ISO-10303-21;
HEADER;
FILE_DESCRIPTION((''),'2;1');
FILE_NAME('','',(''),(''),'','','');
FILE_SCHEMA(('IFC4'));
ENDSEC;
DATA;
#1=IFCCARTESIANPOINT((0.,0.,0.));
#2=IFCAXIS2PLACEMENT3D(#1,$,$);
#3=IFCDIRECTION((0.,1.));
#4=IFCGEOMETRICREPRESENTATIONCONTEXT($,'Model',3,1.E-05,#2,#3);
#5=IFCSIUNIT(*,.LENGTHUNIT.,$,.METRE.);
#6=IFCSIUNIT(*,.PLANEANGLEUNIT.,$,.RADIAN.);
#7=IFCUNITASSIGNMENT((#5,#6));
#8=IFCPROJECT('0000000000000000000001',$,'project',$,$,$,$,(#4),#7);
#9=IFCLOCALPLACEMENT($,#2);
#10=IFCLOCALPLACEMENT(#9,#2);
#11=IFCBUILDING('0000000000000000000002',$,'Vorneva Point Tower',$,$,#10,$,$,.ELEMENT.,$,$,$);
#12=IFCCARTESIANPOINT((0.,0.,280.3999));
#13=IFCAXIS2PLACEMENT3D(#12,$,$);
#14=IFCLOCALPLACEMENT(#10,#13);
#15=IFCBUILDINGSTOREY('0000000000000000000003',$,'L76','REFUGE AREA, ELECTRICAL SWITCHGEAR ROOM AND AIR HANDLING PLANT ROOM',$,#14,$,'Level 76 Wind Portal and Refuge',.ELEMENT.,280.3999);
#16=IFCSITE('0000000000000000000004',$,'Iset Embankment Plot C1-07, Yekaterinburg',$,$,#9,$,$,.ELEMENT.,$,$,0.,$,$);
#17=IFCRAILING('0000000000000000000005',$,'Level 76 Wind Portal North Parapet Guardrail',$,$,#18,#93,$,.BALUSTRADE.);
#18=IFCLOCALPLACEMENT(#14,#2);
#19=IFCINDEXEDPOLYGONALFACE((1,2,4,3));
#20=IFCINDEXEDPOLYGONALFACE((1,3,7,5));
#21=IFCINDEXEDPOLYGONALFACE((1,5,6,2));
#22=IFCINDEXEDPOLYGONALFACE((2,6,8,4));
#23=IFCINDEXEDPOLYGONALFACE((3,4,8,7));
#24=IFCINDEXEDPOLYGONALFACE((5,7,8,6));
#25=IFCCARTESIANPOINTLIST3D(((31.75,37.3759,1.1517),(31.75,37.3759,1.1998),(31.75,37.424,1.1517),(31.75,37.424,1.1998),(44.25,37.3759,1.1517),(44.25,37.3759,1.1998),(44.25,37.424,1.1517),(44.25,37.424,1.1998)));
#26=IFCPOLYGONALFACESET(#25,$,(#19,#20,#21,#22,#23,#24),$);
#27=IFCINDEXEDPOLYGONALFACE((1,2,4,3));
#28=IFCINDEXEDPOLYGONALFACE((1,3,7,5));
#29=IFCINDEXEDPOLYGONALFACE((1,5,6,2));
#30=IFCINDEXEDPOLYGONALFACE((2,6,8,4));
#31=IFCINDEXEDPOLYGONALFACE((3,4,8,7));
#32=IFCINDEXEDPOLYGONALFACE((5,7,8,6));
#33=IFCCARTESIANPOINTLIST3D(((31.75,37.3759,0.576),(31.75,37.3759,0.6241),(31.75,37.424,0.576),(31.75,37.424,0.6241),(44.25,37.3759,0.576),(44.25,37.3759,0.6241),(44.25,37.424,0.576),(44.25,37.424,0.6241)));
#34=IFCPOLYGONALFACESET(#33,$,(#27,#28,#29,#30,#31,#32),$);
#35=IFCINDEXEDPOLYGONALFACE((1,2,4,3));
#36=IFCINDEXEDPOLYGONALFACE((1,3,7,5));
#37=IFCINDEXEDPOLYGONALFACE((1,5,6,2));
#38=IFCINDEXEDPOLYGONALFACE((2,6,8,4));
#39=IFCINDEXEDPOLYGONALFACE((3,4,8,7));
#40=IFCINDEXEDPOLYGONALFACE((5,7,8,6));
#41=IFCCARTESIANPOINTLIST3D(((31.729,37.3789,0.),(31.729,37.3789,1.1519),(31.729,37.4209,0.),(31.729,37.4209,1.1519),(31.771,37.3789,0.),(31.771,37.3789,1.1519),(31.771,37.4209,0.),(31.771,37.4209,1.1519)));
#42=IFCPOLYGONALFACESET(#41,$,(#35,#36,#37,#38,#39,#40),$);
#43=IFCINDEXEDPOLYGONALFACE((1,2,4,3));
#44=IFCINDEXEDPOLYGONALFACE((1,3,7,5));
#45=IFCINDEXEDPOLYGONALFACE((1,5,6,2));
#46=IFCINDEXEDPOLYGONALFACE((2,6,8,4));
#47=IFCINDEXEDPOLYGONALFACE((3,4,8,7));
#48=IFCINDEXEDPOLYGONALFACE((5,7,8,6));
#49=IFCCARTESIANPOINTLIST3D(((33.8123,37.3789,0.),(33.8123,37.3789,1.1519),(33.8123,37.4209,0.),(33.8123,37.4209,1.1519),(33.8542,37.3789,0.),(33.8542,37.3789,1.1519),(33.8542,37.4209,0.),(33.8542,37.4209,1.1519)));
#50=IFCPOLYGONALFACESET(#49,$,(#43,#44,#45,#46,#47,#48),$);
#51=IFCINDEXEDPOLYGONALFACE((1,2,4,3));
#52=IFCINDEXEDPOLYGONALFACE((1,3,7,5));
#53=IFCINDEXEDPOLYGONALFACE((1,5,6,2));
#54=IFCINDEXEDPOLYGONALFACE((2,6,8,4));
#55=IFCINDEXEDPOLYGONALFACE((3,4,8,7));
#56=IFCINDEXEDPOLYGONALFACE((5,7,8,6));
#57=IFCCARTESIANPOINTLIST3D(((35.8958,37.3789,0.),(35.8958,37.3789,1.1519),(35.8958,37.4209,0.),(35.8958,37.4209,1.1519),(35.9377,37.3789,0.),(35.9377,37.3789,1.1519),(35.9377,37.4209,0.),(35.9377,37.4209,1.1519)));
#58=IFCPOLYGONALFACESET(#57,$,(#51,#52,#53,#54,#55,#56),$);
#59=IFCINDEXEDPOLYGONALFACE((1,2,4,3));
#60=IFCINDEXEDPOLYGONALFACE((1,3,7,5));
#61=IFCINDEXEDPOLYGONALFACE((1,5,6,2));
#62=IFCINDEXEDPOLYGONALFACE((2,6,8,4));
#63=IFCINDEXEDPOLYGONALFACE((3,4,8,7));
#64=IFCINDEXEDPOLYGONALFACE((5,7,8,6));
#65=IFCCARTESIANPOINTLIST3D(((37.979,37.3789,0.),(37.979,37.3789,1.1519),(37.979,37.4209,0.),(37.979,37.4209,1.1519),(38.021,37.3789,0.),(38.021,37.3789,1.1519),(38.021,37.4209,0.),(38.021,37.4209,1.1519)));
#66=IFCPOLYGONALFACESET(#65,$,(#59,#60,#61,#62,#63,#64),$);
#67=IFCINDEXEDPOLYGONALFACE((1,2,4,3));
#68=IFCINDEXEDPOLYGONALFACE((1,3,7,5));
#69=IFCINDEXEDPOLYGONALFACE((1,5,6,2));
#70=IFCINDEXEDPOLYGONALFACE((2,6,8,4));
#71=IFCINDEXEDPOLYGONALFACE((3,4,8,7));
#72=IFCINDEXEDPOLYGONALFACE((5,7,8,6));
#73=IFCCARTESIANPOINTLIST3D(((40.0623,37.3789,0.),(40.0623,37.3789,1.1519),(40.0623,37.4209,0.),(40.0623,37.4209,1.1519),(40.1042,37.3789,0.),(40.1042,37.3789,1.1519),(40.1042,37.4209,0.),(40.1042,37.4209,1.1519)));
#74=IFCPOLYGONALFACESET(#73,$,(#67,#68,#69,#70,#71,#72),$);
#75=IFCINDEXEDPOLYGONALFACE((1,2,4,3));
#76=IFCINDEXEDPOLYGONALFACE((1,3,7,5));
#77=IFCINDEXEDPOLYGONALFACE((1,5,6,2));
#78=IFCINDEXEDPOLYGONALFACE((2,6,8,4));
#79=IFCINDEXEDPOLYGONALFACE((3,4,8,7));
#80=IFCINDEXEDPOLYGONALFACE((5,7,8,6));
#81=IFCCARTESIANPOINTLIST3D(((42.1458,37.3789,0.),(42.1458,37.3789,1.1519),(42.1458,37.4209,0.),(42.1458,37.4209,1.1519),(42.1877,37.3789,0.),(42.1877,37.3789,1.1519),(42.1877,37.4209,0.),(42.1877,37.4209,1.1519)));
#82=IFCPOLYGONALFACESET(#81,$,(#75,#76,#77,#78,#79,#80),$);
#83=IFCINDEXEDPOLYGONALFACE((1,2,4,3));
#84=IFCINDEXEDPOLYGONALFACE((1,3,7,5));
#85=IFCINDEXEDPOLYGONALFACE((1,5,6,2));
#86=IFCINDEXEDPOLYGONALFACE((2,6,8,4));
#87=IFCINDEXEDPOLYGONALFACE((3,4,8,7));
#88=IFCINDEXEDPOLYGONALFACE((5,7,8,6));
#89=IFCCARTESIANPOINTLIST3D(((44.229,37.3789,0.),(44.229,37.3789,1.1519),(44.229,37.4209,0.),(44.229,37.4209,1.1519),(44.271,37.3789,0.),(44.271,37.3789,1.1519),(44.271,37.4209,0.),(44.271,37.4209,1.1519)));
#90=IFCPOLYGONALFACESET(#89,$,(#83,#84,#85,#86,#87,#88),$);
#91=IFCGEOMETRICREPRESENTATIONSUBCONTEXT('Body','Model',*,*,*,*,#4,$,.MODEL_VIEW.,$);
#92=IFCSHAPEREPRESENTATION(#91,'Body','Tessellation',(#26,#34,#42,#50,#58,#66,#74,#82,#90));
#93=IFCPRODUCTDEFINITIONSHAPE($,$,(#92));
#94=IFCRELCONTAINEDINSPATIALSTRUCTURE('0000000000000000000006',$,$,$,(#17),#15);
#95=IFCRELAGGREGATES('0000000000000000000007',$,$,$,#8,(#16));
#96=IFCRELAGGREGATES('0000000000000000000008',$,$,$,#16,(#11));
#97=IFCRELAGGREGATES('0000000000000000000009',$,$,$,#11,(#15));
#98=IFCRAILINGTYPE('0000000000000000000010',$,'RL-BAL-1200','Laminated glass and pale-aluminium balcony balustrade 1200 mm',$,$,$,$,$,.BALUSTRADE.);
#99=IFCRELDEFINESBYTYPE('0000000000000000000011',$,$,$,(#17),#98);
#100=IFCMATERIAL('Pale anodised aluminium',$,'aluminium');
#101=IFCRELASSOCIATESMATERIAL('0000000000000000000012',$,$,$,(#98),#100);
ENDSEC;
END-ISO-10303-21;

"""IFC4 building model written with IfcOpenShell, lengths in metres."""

from ifc_helpers import new_model, si_unit, direction, frame, origin, origin_2d, place, context, subcontext, project, spatial, rectangle, extrude, material, type_object, element, save


model = new_model("IFC4")

# Units and contexts
model_context = context("Model", 3, precision=1e-05, world=origin(), true_north=direction((0.0, 1.0)))
body_context = subcontext(model_context, "Body", "Model", "MODEL_VIEW")
ifc_project = project(units=[si_unit("LENGTHUNIT", "METRE"), si_unit("PLANEANGLEUNIT", "RADIAN")], contexts=[model_context])

# Site, building, storey
site_placement = place(None, origin())
site = spatial("IfcSite", under=ifc_project, at=site_placement, Name="Iset Embankment Plot C1-07, Yekaterinburg", CompositionType="ELEMENT", RefElevation=0.0)
building_placement = place(site_placement, origin())
building = spatial("IfcBuilding", under=site, at=building_placement, Name="Vorneva Point Tower", CompositionType="ELEMENT")
storey_placement = place(building_placement, frame((0.0, 0.0, 280.3999)))
storey = spatial("IfcBuildingStorey", under=building, at=storey_placement, Name="L76", Description="REFUGE AREA, ELECTRICAL SWITCHGEAR ROOM AND AIR HANDLING PLANT ROOM", LongName="Level 76 Wind Portal and Refuge", CompositionType="ELEMENT", Elevation=280.3999)

# Railing
ifc_material_1 = material(Name="Pale anodised aluminium", Category="aluminium")
railing_type = type_object("IfcRailingType", Name="RL-BAL-1200", Description="Laminated glass and pale-aluminium balcony balustrade 1200 mm", PredefinedType="BALUSTRADE", material=ifc_material_1)
railing_placement = place(storey_placement, frame((31.75, 37.3999, 0.0)))
element("IfcRailing", 1, at=railing_placement, inside=storey, type_object=railing_type, Name="Level 76 Wind Portal North Parapet Guardrail", PredefinedType="BALUSTRADE", context=body_context, shape_type="SweptSolid", body=[
    extrude(rectangle(XDim=0.0481, YDim=0.0481, at=origin_2d()), frame((0.0, 0.0, 1.1758), z_axis=(1.0, 0.0, 0.0), x_axis=(0.0, 1.0, 0.0)), (0.0, 0.0, 1.0), 12.5),
    extrude(rectangle(XDim=0.0481, YDim=0.0481, at=origin_2d()), frame((0.0, 0.0, 0.6001), z_axis=(1.0, 0.0, 0.0), x_axis=(0.0, 1.0, 0.0)), (0.0, 0.0, 1.0), 12.5),
    extrude(rectangle(XDim=0.042, YDim=0.042, at=origin_2d()), origin(), (0.0, 0.0, 1.0), 1.1519),
    extrude(rectangle(XDim=0.042, YDim=0.042, at=origin_2d()), frame((2.0833, 0.0, 0.0)), (0.0, 0.0, 1.0), 1.1519),
    extrude(rectangle(XDim=0.042, YDim=0.042, at=origin_2d()), frame((4.1667, 0.0, 0.0)), (0.0, 0.0, 1.0), 1.1519),
    extrude(rectangle(XDim=0.042, YDim=0.042, at=origin_2d()), frame((6.25, 0.0, 0.0)), (0.0, 0.0, 1.0), 1.1519),
    extrude(rectangle(XDim=0.042, YDim=0.042, at=origin_2d()), frame((8.3333, 0.0, 0.0)), (0.0, 0.0, 1.0), 1.1519),
    extrude(rectangle(XDim=0.042, YDim=0.042, at=origin_2d()), frame((10.4167, 0.0, 0.0)), (0.0, 0.0, 1.0), 1.1519),
    extrude(rectangle(XDim=0.042, YDim=0.042, at=origin_2d()), frame((12.5, 0.0, 0.0)), (0.0, 0.0, 1.0), 1.1519),
])

save(model, "model.ifc")
